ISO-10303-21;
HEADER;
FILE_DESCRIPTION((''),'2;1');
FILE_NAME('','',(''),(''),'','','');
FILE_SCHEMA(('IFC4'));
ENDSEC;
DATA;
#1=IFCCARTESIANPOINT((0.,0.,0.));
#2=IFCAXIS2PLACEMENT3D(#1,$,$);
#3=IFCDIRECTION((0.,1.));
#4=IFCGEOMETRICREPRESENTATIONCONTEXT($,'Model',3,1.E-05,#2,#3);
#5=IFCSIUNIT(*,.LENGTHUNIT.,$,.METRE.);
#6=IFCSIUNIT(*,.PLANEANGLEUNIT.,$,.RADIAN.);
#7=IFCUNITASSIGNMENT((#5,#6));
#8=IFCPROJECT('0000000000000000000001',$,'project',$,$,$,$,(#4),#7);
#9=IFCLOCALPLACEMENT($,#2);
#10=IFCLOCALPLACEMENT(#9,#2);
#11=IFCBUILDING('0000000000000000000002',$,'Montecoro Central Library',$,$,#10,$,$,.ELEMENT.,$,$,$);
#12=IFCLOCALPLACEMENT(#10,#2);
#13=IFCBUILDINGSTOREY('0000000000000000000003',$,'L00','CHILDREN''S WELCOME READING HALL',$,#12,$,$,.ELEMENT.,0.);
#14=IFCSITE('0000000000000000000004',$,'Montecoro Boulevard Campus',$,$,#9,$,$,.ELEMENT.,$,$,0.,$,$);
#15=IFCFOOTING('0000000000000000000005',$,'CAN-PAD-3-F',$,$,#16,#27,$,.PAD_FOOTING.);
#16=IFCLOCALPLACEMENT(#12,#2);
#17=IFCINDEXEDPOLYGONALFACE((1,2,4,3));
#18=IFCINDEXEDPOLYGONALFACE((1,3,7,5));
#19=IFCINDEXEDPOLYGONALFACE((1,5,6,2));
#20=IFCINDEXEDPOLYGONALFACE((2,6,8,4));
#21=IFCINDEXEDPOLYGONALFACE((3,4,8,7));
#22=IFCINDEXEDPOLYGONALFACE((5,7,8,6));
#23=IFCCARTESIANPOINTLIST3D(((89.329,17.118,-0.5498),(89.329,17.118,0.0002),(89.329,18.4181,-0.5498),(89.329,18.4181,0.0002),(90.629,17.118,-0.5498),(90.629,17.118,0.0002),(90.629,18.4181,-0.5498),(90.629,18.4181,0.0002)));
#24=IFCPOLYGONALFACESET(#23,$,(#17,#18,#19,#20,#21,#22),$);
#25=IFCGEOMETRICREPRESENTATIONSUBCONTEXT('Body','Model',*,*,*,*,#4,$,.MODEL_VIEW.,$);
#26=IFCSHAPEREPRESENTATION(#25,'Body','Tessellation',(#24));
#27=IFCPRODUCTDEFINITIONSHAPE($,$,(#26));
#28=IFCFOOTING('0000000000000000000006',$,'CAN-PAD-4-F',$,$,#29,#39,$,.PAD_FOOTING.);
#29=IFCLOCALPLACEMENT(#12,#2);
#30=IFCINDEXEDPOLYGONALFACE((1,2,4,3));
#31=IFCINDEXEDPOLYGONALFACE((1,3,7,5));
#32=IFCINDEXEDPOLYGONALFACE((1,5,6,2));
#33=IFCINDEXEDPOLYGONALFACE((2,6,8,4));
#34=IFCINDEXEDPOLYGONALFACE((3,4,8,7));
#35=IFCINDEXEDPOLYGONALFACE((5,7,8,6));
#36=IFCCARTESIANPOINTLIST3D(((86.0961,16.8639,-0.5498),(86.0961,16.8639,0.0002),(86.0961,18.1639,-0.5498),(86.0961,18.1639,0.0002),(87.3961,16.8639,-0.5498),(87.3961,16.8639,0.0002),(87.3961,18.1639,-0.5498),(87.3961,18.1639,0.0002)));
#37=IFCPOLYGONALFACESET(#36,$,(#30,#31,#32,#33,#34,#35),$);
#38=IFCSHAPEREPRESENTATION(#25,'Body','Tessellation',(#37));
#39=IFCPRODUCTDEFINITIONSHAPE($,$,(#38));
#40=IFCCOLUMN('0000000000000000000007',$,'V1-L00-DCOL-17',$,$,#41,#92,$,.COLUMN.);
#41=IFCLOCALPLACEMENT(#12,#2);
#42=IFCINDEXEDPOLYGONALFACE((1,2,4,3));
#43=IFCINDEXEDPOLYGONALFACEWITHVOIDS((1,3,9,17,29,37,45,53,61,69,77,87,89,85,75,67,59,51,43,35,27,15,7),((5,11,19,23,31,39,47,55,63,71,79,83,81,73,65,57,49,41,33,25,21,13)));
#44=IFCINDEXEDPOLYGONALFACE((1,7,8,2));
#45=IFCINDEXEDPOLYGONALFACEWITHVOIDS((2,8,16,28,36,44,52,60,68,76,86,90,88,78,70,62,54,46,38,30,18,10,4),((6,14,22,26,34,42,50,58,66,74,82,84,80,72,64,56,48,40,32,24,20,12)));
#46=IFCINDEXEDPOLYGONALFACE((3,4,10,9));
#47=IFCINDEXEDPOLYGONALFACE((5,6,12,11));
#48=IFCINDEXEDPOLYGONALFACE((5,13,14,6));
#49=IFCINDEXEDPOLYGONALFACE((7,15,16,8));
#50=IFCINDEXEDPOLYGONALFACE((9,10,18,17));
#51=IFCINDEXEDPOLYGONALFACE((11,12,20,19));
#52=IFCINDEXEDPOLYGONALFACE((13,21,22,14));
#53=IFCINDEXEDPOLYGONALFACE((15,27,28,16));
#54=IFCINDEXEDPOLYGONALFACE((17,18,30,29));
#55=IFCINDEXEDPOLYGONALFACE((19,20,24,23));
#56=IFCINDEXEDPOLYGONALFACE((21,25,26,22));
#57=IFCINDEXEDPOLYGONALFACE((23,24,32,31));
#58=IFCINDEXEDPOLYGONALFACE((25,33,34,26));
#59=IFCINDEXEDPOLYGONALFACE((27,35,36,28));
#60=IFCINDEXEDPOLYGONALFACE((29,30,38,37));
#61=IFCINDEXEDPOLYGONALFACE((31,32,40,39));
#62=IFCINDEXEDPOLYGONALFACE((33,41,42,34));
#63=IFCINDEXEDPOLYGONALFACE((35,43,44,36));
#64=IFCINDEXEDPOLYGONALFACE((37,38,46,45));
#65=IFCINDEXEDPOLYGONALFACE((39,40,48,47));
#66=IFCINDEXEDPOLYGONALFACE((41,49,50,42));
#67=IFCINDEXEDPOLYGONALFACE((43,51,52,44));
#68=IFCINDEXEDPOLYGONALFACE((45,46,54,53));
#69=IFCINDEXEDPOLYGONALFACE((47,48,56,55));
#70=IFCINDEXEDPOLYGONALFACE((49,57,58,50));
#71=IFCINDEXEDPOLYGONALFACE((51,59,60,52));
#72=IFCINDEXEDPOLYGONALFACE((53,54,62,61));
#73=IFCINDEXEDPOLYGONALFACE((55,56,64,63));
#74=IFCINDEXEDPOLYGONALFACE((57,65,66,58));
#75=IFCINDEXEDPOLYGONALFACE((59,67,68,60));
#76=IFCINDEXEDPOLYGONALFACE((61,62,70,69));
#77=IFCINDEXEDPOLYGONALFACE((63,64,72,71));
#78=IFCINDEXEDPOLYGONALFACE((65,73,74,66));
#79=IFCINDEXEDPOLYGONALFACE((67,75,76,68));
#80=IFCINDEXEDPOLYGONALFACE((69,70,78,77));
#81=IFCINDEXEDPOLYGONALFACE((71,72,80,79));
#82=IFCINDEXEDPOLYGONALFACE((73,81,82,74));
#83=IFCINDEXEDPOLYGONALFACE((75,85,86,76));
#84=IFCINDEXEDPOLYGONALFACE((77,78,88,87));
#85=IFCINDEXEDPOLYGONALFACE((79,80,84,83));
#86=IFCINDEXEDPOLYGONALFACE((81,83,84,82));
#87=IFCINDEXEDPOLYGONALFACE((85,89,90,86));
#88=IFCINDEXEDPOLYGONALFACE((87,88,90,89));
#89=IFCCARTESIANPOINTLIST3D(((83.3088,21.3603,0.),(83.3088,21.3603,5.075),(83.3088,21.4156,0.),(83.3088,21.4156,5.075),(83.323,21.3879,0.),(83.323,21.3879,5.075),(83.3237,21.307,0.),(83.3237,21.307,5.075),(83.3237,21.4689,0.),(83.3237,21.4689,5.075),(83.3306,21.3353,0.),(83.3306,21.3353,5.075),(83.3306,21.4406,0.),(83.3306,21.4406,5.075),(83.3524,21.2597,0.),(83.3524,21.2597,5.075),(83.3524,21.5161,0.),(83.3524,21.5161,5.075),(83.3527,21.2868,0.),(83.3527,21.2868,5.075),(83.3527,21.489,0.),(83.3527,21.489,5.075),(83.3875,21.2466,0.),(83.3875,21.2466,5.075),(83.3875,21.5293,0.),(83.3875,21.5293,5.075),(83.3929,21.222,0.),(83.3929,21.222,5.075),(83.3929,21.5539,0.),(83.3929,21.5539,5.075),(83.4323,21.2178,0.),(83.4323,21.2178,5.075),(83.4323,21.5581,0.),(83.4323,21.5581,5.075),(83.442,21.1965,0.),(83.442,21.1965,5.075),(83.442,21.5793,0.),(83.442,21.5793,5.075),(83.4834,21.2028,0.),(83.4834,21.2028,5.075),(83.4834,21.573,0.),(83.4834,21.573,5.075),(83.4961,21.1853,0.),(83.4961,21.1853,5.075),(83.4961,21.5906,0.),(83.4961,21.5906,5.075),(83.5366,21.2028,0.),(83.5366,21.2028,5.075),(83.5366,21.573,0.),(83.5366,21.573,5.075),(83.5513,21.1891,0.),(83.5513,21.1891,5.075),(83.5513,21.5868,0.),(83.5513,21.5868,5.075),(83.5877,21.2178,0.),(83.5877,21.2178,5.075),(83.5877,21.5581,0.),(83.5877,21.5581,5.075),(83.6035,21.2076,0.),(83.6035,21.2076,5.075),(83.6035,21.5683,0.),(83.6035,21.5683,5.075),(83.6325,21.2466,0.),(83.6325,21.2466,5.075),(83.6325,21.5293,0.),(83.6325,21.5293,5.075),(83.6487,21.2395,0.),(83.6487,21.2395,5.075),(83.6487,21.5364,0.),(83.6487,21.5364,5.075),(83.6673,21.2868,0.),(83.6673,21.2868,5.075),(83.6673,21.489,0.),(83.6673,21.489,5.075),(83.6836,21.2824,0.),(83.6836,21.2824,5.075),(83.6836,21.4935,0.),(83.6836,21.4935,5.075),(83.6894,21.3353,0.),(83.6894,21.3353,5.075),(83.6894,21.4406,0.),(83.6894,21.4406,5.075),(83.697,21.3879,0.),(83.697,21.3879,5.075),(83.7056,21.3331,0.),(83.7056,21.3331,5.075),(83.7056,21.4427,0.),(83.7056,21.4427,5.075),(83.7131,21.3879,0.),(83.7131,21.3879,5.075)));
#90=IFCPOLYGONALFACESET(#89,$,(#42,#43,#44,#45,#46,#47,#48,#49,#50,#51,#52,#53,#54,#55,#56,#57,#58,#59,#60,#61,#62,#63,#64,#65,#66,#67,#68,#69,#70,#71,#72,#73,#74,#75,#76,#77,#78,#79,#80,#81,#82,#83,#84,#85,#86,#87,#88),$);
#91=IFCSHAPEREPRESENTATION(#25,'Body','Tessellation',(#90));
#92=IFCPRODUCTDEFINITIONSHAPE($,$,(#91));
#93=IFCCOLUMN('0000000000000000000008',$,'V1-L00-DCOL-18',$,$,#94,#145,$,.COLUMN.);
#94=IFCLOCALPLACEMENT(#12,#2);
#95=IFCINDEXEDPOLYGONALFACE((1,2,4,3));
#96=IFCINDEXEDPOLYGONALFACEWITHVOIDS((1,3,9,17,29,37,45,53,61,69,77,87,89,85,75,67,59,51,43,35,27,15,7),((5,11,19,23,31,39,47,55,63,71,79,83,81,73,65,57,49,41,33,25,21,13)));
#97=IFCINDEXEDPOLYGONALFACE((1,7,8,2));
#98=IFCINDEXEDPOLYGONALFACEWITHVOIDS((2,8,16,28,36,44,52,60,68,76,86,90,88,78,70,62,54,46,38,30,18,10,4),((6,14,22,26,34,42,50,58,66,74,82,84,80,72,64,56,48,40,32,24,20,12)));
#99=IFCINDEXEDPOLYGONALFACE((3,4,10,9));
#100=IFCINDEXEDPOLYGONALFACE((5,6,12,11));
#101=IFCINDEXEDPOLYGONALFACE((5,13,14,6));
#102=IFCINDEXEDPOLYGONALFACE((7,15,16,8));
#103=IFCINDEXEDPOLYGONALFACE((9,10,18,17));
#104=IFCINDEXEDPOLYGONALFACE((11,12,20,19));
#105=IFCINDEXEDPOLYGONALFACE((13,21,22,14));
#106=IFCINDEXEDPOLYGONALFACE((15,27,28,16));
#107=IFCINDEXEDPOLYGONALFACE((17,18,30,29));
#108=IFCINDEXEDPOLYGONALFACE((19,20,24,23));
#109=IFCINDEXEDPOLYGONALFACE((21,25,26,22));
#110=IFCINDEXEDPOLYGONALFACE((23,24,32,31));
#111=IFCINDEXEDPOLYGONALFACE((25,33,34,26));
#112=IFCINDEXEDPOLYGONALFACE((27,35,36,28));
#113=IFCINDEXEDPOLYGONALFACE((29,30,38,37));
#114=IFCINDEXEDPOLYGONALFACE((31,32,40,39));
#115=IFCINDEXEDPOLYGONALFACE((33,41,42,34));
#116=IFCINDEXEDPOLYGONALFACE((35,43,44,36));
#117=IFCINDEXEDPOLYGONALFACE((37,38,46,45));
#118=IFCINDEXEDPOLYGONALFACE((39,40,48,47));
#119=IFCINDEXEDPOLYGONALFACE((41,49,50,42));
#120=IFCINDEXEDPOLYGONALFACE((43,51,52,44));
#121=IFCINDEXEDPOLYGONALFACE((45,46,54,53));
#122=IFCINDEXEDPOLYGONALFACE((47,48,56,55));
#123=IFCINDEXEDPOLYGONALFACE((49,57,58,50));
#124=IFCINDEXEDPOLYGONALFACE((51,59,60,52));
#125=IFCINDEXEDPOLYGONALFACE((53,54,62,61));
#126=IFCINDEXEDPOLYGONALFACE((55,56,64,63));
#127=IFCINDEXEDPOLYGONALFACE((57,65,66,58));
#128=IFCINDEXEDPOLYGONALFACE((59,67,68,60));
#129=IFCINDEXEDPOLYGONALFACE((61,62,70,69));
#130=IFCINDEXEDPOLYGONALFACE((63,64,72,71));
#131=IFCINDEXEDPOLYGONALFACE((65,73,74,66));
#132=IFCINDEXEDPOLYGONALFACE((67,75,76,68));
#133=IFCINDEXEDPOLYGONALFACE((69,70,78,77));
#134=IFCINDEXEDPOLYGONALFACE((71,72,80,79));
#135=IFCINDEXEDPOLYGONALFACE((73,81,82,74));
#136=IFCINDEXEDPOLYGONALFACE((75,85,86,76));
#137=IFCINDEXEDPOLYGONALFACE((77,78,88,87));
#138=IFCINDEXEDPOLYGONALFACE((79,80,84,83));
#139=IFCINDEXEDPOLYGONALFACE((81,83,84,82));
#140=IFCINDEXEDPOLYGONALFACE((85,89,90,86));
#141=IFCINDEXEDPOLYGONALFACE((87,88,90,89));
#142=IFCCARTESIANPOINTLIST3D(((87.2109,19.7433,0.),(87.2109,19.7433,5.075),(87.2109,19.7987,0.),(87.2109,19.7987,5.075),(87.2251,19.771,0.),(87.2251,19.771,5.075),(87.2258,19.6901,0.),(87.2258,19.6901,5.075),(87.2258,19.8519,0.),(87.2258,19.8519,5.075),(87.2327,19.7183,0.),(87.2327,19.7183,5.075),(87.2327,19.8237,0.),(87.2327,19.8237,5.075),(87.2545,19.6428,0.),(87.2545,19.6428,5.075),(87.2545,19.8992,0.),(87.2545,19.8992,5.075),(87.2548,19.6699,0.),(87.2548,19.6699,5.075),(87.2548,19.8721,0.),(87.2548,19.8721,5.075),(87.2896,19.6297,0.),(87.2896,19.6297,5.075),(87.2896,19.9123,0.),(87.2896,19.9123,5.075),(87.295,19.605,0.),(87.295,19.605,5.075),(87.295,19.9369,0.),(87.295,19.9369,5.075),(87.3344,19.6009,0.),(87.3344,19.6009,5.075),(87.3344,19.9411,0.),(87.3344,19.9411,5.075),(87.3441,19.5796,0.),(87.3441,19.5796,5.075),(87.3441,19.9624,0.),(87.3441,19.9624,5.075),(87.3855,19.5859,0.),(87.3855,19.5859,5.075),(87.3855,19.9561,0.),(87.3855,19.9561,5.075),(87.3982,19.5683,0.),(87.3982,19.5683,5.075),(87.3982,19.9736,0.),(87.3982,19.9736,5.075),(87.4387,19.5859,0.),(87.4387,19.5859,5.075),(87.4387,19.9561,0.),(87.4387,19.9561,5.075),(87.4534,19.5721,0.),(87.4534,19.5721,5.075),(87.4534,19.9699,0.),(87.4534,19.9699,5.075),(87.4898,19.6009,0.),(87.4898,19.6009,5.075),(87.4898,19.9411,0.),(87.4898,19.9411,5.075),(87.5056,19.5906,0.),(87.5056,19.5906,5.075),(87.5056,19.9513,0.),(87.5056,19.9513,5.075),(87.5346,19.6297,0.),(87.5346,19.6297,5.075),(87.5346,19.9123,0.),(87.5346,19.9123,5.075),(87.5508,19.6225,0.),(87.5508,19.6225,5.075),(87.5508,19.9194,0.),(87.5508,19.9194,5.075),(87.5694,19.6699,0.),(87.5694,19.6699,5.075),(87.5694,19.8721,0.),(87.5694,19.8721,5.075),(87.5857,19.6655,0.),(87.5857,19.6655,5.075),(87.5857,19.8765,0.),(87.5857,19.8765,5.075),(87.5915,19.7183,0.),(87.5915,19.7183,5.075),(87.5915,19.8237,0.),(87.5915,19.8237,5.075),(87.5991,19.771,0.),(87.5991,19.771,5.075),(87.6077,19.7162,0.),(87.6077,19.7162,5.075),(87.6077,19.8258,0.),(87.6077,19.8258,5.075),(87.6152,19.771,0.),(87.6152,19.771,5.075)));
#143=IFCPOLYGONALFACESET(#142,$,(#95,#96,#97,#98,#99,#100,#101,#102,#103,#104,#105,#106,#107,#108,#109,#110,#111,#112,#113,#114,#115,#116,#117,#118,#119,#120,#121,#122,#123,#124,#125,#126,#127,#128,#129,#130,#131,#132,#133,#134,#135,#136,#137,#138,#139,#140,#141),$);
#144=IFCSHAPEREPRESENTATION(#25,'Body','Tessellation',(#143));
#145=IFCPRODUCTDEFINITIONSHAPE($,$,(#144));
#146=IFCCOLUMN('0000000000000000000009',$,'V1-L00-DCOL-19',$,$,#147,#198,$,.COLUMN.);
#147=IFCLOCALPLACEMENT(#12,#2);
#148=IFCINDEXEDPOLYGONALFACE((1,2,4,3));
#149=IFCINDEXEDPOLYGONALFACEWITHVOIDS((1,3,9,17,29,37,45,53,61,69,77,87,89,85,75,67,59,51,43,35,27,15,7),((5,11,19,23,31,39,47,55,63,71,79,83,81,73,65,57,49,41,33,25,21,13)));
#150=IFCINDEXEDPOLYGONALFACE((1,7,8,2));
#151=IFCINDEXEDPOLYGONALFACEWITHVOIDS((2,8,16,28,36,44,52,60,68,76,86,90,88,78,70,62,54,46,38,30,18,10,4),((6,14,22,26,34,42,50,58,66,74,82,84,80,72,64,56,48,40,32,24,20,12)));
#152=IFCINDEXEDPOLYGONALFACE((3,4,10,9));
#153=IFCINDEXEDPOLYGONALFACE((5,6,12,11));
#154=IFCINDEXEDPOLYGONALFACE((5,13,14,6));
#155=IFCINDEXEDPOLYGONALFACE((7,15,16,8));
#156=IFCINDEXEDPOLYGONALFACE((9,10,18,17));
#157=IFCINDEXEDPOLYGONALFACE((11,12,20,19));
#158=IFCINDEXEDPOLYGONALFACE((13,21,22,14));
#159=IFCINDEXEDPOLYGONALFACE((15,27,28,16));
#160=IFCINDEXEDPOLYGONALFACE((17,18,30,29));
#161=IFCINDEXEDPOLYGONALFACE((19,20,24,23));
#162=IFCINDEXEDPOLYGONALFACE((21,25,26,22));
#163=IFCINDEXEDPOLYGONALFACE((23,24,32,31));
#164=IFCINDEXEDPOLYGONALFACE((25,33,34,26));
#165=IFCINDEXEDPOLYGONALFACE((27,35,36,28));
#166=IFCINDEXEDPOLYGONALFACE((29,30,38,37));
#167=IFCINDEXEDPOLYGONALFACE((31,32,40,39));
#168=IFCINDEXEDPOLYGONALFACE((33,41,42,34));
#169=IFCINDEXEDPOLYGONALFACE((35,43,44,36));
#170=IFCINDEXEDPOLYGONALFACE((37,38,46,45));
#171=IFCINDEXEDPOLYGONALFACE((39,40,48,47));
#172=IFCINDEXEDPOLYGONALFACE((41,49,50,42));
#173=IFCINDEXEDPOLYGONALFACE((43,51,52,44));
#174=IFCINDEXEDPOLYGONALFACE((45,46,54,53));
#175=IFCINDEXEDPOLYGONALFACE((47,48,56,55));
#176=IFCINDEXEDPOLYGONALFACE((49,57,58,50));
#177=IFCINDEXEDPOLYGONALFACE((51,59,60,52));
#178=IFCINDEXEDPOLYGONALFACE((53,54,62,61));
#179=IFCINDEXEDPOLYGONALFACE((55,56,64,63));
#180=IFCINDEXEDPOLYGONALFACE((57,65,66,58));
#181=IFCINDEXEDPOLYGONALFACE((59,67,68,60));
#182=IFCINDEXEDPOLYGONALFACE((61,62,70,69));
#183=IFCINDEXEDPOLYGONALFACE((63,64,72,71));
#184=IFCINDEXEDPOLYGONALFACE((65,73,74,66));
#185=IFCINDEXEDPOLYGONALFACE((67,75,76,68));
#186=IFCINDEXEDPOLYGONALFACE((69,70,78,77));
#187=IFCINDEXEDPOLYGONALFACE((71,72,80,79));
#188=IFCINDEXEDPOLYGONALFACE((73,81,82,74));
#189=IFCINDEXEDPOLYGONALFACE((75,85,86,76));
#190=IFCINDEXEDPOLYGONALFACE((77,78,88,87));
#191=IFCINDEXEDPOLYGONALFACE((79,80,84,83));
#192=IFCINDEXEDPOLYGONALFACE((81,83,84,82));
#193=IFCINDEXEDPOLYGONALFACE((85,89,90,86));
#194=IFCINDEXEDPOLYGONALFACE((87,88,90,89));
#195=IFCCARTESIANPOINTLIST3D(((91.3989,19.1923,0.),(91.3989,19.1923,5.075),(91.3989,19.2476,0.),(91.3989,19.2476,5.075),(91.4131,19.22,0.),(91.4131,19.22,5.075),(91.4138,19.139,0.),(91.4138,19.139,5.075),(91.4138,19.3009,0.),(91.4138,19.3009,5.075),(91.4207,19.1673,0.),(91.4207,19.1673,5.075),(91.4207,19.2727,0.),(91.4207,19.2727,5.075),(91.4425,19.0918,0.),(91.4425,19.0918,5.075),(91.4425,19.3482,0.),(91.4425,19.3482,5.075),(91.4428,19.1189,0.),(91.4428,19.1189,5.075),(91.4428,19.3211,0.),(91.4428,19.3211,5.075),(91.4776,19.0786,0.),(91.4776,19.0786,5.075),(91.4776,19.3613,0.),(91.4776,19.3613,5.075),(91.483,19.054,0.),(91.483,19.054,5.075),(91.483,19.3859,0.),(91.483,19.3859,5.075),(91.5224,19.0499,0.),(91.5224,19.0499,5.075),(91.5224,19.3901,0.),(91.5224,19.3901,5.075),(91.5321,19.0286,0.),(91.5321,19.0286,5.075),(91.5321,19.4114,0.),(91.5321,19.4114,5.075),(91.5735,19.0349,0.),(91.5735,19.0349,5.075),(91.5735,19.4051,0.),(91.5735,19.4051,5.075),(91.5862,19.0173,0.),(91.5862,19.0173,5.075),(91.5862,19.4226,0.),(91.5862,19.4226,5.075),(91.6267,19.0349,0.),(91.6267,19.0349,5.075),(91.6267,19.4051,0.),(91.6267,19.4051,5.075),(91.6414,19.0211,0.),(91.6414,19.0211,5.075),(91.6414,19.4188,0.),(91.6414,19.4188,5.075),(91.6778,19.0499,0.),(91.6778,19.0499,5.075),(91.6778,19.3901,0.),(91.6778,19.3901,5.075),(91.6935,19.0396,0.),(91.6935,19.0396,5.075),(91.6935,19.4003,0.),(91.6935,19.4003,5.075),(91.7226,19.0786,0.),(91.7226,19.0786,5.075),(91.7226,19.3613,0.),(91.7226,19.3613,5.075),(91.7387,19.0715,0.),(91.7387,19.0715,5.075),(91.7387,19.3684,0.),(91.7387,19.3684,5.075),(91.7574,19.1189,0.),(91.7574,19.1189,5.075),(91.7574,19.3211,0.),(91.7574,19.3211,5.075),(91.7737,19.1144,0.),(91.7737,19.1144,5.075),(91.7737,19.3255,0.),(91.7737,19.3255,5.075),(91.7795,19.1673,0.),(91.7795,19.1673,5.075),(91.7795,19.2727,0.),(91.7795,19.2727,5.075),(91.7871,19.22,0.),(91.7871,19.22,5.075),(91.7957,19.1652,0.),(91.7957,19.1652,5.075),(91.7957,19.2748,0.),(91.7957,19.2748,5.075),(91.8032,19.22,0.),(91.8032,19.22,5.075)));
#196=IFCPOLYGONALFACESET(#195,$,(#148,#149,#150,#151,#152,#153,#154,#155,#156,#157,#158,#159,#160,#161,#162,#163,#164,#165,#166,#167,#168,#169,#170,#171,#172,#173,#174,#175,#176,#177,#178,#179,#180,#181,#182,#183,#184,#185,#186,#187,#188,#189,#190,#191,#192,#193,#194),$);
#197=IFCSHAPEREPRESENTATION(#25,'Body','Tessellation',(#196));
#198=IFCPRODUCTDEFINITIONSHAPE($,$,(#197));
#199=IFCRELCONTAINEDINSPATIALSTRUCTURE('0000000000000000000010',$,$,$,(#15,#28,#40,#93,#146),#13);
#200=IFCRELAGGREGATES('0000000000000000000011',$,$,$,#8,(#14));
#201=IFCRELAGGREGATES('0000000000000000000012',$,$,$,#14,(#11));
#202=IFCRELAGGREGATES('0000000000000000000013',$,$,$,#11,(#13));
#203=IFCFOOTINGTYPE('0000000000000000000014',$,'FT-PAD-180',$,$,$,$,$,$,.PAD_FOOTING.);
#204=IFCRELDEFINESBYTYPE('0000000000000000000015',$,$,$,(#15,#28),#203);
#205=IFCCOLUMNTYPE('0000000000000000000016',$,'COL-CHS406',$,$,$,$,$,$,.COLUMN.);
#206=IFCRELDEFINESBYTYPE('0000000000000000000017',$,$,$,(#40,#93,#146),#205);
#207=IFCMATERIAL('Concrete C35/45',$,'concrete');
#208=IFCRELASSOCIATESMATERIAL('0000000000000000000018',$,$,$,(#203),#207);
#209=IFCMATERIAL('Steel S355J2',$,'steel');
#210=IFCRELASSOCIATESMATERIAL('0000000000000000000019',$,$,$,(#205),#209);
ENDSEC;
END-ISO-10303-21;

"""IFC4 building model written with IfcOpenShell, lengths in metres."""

from ifc_helpers import new_model, si_unit, direction, frame, origin, origin_2d, place, context, subcontext, project, spatial, rectangle, hollow_circle, extrude, material, material_profile, profile_set, type_object, element, save


model = new_model("IFC4")

# Units and contexts
model_context = context("Model", 3, precision=1e-05, world=origin(), true_north=direction((0.0, 1.0)))
body_context = subcontext(model_context, "Body", "Model", "MODEL_VIEW")
ifc_project = project(units=[si_unit("LENGTHUNIT", "METRE"), si_unit("PLANEANGLEUNIT", "RADIAN")], contexts=[model_context])

# Site, building, storey
site_placement = place(None, origin())
site = spatial("IfcSite", under=ifc_project, at=site_placement, Name="Montecoro Boulevard Campus", CompositionType="ELEMENT", RefElevation=0.0)
building_placement = place(site_placement, origin())
building = spatial("IfcBuilding", under=site, at=building_placement, Name="Montecoro Central Library", CompositionType="ELEMENT")
storey_placement = place(building_placement, origin())
storey = spatial("IfcBuildingStorey", under=building, at=storey_placement, Name="L00", Description="CHILDREN'S WELCOME READING HALL", CompositionType="ELEMENT", Elevation=0.0)

# Footings
ifc_material_1 = material(Name="Concrete C35/45", Category="concrete")
footing_type = type_object("IfcFootingType", Name="FT-PAD-180", PredefinedType="PAD_FOOTING", material=ifc_material_1)
for number, where, z_axis, x_axis, name in (
    (1, (89.979, 17.7681, -0.5498), (0.0, 0.0, 1.0), (1.0, 0.0, 0.0), "CAN-PAD-3-F"),
    (2, (86.7461, 17.5139, -0.5498), (0.0, 0.0, 1.0), (1.0, 0.0, 0.0), "CAN-PAD-4-F"),
):
    element("IfcFooting", number, at=place(storey_placement, frame(where, z_axis=z_axis, x_axis=x_axis)), inside=storey, type_object=footing_type, Name=name, PredefinedType="PAD_FOOTING", context=body_context, shape_type="SweptSolid", body=[
        extrude(rectangle(XDim=1.3, YDim=1.3, at=origin_2d()), origin(), (0.0, 0.0, 1.0), 0.55),
    ])

# Columns
ifc_material_2 = material(Name="Steel S355J2", Category="steel")
ifc_material_profile_1 = material_profile(ifc_material_2, hollow_circle(Radius=0.2031, WallThickness=0.0161, at=origin_2d()), Name="CHS 406.4x16.0")
ifc_profile_set_1 = profile_set([ifc_material_profile_1], Name="Steel S355J2")
column_type_1 = type_object("IfcColumnType", Name="COL-CHS406", PredefinedType="COLUMN", material=ifc_profile_set_1)
for number, where, z_axis, x_axis, name in (
    (3, (83.51, 21.3879, 0.0), (0.0, 0.0, 1.0), (1.0, 0.0, 0.0), "V1-L00-DCOL-17"),
    (4, (87.4121, 19.771, 0.0), (0.0, 0.0, 1.0), (1.0, 0.0, 0.0), "V1-L00-DCOL-18"),
    (5, (91.6001, 19.22, 0.0), (0.0, 0.0, 1.0), (1.0, 0.0, 0.0), "V1-L00-DCOL-19"),
):
    element("IfcColumn", number, at=place(storey_placement, frame(where, z_axis=z_axis, x_axis=x_axis)), inside=storey, type_object=column_type_1, Name=name, PredefinedType="COLUMN", context=body_context, shape_type="SweptSolid", body=[
        extrude(hollow_circle(Radius=0.2031, WallThickness=0.0161, at=origin_2d()), origin(), (0.0, 0.0, 1.0), 5.075),
    ])

save(model, "model.ifc")
